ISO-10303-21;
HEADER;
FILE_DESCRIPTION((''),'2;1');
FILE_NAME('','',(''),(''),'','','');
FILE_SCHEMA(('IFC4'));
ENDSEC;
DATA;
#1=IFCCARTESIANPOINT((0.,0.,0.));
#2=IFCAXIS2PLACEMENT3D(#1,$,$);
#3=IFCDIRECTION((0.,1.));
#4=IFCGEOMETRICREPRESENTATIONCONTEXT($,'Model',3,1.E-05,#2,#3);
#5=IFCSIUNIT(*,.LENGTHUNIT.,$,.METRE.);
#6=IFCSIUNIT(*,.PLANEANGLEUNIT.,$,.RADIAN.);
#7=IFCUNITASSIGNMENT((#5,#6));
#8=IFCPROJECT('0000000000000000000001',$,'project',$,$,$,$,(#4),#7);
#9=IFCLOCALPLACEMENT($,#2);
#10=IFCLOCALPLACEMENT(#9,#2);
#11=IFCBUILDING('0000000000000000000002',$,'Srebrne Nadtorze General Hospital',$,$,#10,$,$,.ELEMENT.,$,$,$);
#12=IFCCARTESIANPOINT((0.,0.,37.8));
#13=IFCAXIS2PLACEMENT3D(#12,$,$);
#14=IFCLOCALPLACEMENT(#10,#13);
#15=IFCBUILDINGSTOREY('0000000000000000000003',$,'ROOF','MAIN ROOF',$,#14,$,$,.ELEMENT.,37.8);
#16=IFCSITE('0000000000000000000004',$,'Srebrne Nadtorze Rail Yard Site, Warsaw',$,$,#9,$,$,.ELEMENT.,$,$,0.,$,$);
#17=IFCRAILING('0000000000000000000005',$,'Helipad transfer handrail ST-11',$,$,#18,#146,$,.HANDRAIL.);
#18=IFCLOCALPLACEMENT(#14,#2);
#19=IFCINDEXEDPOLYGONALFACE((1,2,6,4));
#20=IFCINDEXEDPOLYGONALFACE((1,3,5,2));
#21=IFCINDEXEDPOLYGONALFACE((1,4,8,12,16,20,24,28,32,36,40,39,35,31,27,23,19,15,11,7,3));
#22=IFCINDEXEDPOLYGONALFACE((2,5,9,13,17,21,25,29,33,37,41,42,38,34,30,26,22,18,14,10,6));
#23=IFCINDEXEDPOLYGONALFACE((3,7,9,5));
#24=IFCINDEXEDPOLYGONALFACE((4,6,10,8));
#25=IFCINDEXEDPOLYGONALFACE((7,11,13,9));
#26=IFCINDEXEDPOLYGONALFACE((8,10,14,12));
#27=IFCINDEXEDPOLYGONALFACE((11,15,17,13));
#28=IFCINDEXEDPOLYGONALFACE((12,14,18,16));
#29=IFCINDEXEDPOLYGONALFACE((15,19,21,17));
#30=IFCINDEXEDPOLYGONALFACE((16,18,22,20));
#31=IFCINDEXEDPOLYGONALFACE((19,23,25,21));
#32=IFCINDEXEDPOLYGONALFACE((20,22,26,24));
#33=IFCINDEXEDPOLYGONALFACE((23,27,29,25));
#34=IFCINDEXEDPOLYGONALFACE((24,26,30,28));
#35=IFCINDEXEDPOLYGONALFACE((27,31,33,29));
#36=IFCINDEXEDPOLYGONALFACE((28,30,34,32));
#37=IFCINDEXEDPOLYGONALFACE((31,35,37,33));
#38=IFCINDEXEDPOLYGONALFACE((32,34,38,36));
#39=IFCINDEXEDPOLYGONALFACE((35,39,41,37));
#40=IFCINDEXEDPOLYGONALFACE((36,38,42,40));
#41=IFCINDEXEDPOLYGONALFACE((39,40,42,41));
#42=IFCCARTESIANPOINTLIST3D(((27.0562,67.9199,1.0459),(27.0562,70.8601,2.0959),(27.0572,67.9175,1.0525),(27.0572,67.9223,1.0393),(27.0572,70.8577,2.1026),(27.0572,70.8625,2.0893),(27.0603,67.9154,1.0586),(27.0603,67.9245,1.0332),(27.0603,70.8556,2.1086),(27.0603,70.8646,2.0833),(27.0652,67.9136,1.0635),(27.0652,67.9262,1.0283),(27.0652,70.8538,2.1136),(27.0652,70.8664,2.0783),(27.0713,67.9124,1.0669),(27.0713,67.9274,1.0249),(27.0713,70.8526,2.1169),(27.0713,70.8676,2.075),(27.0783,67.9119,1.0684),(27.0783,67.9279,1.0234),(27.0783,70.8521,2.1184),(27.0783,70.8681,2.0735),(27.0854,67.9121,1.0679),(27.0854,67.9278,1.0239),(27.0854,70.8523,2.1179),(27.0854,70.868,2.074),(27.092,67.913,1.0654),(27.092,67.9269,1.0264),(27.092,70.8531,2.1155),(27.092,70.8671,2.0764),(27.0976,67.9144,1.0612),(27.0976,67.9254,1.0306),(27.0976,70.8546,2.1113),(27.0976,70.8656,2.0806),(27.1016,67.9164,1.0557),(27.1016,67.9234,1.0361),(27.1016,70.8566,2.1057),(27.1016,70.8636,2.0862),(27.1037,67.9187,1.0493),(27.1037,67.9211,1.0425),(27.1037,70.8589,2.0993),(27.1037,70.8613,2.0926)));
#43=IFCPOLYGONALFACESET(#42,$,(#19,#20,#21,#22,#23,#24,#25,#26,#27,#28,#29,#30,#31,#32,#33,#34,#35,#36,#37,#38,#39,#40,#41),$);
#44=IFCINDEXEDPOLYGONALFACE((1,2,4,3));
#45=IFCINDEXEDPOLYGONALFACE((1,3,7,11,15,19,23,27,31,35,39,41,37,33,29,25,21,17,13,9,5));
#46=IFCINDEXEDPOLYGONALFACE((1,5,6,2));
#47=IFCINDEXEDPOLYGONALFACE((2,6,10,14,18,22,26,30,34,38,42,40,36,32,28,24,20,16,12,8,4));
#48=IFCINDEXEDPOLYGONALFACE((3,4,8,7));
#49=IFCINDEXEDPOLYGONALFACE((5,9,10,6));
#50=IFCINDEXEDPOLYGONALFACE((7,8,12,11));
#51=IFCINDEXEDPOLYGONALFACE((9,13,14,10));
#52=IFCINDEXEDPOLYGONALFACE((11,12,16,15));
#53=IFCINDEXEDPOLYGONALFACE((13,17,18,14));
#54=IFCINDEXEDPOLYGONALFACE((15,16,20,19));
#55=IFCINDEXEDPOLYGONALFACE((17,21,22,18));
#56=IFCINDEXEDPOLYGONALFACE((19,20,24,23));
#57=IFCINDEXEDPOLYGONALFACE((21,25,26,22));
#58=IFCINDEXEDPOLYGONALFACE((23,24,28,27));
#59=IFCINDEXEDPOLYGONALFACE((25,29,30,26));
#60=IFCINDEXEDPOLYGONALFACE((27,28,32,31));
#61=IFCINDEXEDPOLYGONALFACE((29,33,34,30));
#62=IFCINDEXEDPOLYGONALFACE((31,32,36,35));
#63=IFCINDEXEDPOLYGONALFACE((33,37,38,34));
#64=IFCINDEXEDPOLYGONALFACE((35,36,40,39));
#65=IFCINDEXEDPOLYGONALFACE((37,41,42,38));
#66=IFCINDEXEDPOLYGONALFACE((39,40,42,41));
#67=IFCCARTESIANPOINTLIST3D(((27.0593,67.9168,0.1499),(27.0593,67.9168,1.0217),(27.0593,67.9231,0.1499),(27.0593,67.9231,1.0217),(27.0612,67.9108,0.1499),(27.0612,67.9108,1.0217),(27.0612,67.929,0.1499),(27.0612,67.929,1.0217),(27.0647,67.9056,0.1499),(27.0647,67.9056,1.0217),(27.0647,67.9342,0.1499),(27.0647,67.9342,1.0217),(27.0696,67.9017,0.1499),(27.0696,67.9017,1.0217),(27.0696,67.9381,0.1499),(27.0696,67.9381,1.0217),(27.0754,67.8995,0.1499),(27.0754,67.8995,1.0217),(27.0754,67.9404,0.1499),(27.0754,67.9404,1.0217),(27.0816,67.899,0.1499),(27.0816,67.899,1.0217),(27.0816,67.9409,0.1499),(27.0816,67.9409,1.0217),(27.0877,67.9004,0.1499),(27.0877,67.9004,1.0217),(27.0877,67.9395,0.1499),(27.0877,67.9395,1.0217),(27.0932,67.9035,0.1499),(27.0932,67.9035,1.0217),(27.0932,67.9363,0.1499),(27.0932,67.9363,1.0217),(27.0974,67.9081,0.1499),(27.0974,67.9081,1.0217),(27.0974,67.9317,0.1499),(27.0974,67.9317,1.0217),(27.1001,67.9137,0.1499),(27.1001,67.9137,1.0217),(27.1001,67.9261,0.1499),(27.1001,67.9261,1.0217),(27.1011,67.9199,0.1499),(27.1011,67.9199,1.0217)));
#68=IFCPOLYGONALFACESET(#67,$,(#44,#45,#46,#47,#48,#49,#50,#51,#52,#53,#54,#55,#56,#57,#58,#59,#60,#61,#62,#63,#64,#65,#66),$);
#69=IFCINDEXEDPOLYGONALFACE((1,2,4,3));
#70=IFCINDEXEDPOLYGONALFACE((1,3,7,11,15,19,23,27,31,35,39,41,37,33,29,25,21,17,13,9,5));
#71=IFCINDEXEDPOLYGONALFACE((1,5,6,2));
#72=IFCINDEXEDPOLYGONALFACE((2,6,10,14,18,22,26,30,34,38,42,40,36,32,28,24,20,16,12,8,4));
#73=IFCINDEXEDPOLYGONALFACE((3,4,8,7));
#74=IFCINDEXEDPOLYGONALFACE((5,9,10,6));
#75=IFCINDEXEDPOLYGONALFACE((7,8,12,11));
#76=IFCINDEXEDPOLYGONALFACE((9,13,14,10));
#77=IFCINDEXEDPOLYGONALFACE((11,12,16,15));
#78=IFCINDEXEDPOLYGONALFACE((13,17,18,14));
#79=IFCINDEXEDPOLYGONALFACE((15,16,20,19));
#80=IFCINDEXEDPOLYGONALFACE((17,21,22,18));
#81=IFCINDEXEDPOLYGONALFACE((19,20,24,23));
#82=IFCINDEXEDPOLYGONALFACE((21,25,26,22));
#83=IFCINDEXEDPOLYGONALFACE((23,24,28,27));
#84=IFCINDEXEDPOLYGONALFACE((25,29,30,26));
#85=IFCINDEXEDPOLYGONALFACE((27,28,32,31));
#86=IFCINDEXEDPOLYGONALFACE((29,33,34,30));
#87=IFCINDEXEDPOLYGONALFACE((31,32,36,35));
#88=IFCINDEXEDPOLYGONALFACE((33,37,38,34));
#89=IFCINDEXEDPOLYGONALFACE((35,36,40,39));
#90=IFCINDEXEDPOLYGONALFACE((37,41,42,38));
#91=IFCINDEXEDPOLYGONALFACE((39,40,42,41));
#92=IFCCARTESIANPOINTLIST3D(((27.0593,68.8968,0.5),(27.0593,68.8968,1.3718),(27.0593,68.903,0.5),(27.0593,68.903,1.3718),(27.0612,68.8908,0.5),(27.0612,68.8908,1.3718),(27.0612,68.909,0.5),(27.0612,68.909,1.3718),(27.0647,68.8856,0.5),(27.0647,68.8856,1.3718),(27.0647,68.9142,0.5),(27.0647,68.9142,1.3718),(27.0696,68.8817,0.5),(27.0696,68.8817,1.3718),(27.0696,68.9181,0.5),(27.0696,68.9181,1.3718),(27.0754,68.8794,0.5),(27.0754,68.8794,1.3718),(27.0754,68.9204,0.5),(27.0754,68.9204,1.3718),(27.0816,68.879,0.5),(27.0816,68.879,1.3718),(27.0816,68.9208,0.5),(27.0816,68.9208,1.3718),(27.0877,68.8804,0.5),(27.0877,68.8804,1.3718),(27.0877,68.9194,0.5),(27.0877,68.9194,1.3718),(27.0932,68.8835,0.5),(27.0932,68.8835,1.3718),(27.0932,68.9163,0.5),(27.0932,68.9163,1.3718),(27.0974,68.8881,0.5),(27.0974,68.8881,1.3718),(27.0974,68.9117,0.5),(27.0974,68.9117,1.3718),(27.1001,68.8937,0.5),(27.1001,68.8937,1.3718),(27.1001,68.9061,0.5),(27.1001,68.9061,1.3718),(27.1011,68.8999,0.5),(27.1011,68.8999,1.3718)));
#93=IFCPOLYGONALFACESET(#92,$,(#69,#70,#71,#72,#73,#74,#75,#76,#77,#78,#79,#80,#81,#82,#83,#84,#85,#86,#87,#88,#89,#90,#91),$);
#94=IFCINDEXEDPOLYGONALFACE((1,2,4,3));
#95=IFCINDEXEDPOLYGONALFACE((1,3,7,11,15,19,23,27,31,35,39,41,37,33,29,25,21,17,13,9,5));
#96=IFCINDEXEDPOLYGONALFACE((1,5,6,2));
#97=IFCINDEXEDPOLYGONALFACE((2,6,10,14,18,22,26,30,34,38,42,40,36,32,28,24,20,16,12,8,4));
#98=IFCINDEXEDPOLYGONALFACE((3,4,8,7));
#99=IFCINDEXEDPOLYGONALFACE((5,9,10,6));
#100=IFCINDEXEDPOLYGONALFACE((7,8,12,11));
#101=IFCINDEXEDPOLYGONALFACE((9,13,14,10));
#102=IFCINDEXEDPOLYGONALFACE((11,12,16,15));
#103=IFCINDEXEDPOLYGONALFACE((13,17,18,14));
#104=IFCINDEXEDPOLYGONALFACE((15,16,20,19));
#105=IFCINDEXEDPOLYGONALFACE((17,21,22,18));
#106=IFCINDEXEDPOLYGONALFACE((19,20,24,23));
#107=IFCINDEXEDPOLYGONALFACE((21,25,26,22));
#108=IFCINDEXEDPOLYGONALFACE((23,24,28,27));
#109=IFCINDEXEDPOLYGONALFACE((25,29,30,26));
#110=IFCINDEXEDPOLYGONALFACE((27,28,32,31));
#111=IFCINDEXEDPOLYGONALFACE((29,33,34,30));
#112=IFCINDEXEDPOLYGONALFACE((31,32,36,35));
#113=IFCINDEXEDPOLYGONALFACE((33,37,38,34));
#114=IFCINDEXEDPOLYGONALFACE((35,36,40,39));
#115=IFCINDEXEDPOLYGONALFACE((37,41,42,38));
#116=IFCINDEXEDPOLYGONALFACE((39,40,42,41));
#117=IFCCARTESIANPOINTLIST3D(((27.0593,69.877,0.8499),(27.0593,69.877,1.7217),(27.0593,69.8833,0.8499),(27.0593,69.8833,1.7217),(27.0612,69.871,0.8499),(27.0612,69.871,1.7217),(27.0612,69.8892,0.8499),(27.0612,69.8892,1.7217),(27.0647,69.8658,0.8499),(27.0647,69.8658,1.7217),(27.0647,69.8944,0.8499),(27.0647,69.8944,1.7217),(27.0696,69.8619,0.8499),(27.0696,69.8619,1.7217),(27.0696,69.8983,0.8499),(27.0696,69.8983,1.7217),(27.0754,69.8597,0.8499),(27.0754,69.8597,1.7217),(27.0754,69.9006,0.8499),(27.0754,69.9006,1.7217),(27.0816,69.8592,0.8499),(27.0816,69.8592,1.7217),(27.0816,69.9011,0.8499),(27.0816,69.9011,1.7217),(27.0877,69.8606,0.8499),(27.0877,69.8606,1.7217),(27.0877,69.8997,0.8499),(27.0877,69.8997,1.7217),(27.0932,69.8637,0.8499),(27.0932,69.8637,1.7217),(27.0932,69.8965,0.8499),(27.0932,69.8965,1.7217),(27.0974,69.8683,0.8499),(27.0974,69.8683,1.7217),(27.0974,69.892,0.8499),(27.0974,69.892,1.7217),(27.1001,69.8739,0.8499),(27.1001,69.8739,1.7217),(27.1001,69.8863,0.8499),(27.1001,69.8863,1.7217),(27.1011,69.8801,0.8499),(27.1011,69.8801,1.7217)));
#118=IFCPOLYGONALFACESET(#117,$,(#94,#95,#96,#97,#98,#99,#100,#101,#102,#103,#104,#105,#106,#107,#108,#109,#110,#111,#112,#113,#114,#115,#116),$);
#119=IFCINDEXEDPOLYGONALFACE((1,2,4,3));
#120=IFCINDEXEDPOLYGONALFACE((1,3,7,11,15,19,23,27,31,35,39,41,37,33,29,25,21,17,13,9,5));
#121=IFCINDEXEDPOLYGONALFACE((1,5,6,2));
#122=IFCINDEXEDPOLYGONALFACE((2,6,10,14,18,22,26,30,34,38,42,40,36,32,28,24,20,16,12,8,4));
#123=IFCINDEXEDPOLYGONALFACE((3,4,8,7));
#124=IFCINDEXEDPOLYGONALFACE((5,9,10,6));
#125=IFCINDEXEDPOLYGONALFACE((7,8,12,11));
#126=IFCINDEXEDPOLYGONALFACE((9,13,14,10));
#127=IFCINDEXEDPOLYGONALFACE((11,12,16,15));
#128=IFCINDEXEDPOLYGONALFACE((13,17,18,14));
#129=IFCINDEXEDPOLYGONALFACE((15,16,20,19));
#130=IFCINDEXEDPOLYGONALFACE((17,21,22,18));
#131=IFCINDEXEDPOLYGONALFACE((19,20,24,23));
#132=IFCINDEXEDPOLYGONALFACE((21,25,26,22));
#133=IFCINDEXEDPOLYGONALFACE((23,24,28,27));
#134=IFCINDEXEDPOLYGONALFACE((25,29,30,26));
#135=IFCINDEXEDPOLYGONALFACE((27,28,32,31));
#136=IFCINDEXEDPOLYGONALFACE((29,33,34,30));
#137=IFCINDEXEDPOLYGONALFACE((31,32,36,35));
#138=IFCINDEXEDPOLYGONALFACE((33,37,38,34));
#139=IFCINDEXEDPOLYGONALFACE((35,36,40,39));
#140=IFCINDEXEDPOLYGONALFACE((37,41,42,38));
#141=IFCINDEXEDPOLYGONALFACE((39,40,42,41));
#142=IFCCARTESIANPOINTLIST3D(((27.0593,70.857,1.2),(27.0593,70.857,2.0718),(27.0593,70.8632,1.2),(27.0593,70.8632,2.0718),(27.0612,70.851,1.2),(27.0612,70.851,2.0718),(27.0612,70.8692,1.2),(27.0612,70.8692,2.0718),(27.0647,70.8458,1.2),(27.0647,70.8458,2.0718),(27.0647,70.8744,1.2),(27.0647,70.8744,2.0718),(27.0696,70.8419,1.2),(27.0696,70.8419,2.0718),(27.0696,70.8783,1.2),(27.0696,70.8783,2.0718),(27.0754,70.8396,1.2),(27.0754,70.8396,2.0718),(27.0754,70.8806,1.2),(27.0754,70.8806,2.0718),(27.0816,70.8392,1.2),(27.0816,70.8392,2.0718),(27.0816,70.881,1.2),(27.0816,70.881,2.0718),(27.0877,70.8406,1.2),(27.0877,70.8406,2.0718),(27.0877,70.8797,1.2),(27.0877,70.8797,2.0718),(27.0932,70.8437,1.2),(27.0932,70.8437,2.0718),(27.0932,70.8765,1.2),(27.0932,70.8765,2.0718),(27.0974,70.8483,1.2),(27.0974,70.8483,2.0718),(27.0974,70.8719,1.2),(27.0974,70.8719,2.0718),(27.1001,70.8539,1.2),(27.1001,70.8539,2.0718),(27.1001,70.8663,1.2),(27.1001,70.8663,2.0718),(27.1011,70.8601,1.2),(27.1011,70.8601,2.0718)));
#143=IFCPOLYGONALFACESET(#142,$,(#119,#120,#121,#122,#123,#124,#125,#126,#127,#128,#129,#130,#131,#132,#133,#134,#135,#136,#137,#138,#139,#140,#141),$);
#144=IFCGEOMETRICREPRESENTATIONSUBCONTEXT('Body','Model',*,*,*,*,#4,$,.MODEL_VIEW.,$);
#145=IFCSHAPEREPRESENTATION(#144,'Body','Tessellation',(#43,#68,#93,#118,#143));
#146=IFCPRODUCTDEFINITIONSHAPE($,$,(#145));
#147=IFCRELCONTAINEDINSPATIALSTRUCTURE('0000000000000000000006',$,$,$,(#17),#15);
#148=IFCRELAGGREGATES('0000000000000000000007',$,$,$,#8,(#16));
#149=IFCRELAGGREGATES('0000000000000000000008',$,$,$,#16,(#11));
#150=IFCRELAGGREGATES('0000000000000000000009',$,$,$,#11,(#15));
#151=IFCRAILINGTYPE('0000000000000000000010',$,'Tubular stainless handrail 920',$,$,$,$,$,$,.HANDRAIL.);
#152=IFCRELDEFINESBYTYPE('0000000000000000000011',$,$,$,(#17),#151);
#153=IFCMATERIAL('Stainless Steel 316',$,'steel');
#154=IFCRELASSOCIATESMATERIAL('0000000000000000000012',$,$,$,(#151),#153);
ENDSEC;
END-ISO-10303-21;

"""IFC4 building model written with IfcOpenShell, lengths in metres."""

from ifc_helpers import new_model, si_unit, direction, frame, origin, origin_2d, place, context, subcontext, project, spatial, circle, extrude, material, type_object, element, save


model = new_model("IFC4")

# Units and contexts
model_context = context("Model", 3, precision=1e-05, world=origin(), true_north=direction((0.0, 1.0)))
body_context = subcontext(model_context, "Body", "Model", "MODEL_VIEW")
ifc_project = project(units=[si_unit("LENGTHUNIT", "METRE"), si_unit("PLANEANGLEUNIT", "RADIAN")], contexts=[model_context])

# Site, building, storey
site_placement = place(None, origin())
site = spatial("IfcSite", under=ifc_project, at=site_placement, Name="Srebrne Nadtorze Rail Yard Site, Warsaw", CompositionType="ELEMENT", RefElevation=0.0)
building_placement = place(site_placement, origin())
building = spatial("IfcBuilding", under=site, at=building_placement, Name="Srebrne Nadtorze General Hospital", CompositionType="ELEMENT")
storey_placement = place(building_placement, frame((0.0, 0.0, 37.8)))
storey = spatial("IfcBuildingStorey", under=building, at=storey_placement, Name="ROOF", Description="MAIN ROOF", CompositionType="ELEMENT", Elevation=37.8)

# Railing
ifc_material_1 = material(Name="Stainless Steel 316", Category="steel")
railing_type_1 = type_object("IfcRailingType", Name="Tubular stainless handrail 920", PredefinedType="HANDRAIL", material=ifc_material_1)
for number, where, name in (
    (1, (27.0801, 67.9199, 0.1499), "Helipad transfer handrail ST-11"),
):
    element("IfcRailing", number, at=place(storey_placement, frame(where)), inside=storey, type_object=railing_type_1, Name=name, PredefinedType="HANDRAIL", context=body_context, shape_type="SweptSolid", body=[
        extrude(circle(Radius=0.0239, at=origin_2d()), frame((0.0, 0.0, 0.896), z_axis=(0.0, 0.941744, 0.336331), x_axis=(-1.0, 0.0, 0.0)), (0.0, 0.0, 1.0), 3.1221),
        extrude(circle(Radius=0.021, at=origin_2d()), origin(), (0.0, 0.0, 1.0), 0.8718),
        extrude(circle(Radius=0.021, at=origin_2d()), frame((0.0, 0.98, 0.3501)), (0.0, 0.0, 1.0), 0.8718),
        extrude(circle(Radius=0.021, at=origin_2d()), frame((0.0, 1.9602, 0.7)), (0.0, 0.0, 1.0), 0.8718),
        extrude(circle(Radius=0.021, at=origin_2d()), frame((0.0, 2.9402, 1.05)), (0.0, 0.0, 1.0), 0.8718),
    ])

save(model, "model.ifc")
